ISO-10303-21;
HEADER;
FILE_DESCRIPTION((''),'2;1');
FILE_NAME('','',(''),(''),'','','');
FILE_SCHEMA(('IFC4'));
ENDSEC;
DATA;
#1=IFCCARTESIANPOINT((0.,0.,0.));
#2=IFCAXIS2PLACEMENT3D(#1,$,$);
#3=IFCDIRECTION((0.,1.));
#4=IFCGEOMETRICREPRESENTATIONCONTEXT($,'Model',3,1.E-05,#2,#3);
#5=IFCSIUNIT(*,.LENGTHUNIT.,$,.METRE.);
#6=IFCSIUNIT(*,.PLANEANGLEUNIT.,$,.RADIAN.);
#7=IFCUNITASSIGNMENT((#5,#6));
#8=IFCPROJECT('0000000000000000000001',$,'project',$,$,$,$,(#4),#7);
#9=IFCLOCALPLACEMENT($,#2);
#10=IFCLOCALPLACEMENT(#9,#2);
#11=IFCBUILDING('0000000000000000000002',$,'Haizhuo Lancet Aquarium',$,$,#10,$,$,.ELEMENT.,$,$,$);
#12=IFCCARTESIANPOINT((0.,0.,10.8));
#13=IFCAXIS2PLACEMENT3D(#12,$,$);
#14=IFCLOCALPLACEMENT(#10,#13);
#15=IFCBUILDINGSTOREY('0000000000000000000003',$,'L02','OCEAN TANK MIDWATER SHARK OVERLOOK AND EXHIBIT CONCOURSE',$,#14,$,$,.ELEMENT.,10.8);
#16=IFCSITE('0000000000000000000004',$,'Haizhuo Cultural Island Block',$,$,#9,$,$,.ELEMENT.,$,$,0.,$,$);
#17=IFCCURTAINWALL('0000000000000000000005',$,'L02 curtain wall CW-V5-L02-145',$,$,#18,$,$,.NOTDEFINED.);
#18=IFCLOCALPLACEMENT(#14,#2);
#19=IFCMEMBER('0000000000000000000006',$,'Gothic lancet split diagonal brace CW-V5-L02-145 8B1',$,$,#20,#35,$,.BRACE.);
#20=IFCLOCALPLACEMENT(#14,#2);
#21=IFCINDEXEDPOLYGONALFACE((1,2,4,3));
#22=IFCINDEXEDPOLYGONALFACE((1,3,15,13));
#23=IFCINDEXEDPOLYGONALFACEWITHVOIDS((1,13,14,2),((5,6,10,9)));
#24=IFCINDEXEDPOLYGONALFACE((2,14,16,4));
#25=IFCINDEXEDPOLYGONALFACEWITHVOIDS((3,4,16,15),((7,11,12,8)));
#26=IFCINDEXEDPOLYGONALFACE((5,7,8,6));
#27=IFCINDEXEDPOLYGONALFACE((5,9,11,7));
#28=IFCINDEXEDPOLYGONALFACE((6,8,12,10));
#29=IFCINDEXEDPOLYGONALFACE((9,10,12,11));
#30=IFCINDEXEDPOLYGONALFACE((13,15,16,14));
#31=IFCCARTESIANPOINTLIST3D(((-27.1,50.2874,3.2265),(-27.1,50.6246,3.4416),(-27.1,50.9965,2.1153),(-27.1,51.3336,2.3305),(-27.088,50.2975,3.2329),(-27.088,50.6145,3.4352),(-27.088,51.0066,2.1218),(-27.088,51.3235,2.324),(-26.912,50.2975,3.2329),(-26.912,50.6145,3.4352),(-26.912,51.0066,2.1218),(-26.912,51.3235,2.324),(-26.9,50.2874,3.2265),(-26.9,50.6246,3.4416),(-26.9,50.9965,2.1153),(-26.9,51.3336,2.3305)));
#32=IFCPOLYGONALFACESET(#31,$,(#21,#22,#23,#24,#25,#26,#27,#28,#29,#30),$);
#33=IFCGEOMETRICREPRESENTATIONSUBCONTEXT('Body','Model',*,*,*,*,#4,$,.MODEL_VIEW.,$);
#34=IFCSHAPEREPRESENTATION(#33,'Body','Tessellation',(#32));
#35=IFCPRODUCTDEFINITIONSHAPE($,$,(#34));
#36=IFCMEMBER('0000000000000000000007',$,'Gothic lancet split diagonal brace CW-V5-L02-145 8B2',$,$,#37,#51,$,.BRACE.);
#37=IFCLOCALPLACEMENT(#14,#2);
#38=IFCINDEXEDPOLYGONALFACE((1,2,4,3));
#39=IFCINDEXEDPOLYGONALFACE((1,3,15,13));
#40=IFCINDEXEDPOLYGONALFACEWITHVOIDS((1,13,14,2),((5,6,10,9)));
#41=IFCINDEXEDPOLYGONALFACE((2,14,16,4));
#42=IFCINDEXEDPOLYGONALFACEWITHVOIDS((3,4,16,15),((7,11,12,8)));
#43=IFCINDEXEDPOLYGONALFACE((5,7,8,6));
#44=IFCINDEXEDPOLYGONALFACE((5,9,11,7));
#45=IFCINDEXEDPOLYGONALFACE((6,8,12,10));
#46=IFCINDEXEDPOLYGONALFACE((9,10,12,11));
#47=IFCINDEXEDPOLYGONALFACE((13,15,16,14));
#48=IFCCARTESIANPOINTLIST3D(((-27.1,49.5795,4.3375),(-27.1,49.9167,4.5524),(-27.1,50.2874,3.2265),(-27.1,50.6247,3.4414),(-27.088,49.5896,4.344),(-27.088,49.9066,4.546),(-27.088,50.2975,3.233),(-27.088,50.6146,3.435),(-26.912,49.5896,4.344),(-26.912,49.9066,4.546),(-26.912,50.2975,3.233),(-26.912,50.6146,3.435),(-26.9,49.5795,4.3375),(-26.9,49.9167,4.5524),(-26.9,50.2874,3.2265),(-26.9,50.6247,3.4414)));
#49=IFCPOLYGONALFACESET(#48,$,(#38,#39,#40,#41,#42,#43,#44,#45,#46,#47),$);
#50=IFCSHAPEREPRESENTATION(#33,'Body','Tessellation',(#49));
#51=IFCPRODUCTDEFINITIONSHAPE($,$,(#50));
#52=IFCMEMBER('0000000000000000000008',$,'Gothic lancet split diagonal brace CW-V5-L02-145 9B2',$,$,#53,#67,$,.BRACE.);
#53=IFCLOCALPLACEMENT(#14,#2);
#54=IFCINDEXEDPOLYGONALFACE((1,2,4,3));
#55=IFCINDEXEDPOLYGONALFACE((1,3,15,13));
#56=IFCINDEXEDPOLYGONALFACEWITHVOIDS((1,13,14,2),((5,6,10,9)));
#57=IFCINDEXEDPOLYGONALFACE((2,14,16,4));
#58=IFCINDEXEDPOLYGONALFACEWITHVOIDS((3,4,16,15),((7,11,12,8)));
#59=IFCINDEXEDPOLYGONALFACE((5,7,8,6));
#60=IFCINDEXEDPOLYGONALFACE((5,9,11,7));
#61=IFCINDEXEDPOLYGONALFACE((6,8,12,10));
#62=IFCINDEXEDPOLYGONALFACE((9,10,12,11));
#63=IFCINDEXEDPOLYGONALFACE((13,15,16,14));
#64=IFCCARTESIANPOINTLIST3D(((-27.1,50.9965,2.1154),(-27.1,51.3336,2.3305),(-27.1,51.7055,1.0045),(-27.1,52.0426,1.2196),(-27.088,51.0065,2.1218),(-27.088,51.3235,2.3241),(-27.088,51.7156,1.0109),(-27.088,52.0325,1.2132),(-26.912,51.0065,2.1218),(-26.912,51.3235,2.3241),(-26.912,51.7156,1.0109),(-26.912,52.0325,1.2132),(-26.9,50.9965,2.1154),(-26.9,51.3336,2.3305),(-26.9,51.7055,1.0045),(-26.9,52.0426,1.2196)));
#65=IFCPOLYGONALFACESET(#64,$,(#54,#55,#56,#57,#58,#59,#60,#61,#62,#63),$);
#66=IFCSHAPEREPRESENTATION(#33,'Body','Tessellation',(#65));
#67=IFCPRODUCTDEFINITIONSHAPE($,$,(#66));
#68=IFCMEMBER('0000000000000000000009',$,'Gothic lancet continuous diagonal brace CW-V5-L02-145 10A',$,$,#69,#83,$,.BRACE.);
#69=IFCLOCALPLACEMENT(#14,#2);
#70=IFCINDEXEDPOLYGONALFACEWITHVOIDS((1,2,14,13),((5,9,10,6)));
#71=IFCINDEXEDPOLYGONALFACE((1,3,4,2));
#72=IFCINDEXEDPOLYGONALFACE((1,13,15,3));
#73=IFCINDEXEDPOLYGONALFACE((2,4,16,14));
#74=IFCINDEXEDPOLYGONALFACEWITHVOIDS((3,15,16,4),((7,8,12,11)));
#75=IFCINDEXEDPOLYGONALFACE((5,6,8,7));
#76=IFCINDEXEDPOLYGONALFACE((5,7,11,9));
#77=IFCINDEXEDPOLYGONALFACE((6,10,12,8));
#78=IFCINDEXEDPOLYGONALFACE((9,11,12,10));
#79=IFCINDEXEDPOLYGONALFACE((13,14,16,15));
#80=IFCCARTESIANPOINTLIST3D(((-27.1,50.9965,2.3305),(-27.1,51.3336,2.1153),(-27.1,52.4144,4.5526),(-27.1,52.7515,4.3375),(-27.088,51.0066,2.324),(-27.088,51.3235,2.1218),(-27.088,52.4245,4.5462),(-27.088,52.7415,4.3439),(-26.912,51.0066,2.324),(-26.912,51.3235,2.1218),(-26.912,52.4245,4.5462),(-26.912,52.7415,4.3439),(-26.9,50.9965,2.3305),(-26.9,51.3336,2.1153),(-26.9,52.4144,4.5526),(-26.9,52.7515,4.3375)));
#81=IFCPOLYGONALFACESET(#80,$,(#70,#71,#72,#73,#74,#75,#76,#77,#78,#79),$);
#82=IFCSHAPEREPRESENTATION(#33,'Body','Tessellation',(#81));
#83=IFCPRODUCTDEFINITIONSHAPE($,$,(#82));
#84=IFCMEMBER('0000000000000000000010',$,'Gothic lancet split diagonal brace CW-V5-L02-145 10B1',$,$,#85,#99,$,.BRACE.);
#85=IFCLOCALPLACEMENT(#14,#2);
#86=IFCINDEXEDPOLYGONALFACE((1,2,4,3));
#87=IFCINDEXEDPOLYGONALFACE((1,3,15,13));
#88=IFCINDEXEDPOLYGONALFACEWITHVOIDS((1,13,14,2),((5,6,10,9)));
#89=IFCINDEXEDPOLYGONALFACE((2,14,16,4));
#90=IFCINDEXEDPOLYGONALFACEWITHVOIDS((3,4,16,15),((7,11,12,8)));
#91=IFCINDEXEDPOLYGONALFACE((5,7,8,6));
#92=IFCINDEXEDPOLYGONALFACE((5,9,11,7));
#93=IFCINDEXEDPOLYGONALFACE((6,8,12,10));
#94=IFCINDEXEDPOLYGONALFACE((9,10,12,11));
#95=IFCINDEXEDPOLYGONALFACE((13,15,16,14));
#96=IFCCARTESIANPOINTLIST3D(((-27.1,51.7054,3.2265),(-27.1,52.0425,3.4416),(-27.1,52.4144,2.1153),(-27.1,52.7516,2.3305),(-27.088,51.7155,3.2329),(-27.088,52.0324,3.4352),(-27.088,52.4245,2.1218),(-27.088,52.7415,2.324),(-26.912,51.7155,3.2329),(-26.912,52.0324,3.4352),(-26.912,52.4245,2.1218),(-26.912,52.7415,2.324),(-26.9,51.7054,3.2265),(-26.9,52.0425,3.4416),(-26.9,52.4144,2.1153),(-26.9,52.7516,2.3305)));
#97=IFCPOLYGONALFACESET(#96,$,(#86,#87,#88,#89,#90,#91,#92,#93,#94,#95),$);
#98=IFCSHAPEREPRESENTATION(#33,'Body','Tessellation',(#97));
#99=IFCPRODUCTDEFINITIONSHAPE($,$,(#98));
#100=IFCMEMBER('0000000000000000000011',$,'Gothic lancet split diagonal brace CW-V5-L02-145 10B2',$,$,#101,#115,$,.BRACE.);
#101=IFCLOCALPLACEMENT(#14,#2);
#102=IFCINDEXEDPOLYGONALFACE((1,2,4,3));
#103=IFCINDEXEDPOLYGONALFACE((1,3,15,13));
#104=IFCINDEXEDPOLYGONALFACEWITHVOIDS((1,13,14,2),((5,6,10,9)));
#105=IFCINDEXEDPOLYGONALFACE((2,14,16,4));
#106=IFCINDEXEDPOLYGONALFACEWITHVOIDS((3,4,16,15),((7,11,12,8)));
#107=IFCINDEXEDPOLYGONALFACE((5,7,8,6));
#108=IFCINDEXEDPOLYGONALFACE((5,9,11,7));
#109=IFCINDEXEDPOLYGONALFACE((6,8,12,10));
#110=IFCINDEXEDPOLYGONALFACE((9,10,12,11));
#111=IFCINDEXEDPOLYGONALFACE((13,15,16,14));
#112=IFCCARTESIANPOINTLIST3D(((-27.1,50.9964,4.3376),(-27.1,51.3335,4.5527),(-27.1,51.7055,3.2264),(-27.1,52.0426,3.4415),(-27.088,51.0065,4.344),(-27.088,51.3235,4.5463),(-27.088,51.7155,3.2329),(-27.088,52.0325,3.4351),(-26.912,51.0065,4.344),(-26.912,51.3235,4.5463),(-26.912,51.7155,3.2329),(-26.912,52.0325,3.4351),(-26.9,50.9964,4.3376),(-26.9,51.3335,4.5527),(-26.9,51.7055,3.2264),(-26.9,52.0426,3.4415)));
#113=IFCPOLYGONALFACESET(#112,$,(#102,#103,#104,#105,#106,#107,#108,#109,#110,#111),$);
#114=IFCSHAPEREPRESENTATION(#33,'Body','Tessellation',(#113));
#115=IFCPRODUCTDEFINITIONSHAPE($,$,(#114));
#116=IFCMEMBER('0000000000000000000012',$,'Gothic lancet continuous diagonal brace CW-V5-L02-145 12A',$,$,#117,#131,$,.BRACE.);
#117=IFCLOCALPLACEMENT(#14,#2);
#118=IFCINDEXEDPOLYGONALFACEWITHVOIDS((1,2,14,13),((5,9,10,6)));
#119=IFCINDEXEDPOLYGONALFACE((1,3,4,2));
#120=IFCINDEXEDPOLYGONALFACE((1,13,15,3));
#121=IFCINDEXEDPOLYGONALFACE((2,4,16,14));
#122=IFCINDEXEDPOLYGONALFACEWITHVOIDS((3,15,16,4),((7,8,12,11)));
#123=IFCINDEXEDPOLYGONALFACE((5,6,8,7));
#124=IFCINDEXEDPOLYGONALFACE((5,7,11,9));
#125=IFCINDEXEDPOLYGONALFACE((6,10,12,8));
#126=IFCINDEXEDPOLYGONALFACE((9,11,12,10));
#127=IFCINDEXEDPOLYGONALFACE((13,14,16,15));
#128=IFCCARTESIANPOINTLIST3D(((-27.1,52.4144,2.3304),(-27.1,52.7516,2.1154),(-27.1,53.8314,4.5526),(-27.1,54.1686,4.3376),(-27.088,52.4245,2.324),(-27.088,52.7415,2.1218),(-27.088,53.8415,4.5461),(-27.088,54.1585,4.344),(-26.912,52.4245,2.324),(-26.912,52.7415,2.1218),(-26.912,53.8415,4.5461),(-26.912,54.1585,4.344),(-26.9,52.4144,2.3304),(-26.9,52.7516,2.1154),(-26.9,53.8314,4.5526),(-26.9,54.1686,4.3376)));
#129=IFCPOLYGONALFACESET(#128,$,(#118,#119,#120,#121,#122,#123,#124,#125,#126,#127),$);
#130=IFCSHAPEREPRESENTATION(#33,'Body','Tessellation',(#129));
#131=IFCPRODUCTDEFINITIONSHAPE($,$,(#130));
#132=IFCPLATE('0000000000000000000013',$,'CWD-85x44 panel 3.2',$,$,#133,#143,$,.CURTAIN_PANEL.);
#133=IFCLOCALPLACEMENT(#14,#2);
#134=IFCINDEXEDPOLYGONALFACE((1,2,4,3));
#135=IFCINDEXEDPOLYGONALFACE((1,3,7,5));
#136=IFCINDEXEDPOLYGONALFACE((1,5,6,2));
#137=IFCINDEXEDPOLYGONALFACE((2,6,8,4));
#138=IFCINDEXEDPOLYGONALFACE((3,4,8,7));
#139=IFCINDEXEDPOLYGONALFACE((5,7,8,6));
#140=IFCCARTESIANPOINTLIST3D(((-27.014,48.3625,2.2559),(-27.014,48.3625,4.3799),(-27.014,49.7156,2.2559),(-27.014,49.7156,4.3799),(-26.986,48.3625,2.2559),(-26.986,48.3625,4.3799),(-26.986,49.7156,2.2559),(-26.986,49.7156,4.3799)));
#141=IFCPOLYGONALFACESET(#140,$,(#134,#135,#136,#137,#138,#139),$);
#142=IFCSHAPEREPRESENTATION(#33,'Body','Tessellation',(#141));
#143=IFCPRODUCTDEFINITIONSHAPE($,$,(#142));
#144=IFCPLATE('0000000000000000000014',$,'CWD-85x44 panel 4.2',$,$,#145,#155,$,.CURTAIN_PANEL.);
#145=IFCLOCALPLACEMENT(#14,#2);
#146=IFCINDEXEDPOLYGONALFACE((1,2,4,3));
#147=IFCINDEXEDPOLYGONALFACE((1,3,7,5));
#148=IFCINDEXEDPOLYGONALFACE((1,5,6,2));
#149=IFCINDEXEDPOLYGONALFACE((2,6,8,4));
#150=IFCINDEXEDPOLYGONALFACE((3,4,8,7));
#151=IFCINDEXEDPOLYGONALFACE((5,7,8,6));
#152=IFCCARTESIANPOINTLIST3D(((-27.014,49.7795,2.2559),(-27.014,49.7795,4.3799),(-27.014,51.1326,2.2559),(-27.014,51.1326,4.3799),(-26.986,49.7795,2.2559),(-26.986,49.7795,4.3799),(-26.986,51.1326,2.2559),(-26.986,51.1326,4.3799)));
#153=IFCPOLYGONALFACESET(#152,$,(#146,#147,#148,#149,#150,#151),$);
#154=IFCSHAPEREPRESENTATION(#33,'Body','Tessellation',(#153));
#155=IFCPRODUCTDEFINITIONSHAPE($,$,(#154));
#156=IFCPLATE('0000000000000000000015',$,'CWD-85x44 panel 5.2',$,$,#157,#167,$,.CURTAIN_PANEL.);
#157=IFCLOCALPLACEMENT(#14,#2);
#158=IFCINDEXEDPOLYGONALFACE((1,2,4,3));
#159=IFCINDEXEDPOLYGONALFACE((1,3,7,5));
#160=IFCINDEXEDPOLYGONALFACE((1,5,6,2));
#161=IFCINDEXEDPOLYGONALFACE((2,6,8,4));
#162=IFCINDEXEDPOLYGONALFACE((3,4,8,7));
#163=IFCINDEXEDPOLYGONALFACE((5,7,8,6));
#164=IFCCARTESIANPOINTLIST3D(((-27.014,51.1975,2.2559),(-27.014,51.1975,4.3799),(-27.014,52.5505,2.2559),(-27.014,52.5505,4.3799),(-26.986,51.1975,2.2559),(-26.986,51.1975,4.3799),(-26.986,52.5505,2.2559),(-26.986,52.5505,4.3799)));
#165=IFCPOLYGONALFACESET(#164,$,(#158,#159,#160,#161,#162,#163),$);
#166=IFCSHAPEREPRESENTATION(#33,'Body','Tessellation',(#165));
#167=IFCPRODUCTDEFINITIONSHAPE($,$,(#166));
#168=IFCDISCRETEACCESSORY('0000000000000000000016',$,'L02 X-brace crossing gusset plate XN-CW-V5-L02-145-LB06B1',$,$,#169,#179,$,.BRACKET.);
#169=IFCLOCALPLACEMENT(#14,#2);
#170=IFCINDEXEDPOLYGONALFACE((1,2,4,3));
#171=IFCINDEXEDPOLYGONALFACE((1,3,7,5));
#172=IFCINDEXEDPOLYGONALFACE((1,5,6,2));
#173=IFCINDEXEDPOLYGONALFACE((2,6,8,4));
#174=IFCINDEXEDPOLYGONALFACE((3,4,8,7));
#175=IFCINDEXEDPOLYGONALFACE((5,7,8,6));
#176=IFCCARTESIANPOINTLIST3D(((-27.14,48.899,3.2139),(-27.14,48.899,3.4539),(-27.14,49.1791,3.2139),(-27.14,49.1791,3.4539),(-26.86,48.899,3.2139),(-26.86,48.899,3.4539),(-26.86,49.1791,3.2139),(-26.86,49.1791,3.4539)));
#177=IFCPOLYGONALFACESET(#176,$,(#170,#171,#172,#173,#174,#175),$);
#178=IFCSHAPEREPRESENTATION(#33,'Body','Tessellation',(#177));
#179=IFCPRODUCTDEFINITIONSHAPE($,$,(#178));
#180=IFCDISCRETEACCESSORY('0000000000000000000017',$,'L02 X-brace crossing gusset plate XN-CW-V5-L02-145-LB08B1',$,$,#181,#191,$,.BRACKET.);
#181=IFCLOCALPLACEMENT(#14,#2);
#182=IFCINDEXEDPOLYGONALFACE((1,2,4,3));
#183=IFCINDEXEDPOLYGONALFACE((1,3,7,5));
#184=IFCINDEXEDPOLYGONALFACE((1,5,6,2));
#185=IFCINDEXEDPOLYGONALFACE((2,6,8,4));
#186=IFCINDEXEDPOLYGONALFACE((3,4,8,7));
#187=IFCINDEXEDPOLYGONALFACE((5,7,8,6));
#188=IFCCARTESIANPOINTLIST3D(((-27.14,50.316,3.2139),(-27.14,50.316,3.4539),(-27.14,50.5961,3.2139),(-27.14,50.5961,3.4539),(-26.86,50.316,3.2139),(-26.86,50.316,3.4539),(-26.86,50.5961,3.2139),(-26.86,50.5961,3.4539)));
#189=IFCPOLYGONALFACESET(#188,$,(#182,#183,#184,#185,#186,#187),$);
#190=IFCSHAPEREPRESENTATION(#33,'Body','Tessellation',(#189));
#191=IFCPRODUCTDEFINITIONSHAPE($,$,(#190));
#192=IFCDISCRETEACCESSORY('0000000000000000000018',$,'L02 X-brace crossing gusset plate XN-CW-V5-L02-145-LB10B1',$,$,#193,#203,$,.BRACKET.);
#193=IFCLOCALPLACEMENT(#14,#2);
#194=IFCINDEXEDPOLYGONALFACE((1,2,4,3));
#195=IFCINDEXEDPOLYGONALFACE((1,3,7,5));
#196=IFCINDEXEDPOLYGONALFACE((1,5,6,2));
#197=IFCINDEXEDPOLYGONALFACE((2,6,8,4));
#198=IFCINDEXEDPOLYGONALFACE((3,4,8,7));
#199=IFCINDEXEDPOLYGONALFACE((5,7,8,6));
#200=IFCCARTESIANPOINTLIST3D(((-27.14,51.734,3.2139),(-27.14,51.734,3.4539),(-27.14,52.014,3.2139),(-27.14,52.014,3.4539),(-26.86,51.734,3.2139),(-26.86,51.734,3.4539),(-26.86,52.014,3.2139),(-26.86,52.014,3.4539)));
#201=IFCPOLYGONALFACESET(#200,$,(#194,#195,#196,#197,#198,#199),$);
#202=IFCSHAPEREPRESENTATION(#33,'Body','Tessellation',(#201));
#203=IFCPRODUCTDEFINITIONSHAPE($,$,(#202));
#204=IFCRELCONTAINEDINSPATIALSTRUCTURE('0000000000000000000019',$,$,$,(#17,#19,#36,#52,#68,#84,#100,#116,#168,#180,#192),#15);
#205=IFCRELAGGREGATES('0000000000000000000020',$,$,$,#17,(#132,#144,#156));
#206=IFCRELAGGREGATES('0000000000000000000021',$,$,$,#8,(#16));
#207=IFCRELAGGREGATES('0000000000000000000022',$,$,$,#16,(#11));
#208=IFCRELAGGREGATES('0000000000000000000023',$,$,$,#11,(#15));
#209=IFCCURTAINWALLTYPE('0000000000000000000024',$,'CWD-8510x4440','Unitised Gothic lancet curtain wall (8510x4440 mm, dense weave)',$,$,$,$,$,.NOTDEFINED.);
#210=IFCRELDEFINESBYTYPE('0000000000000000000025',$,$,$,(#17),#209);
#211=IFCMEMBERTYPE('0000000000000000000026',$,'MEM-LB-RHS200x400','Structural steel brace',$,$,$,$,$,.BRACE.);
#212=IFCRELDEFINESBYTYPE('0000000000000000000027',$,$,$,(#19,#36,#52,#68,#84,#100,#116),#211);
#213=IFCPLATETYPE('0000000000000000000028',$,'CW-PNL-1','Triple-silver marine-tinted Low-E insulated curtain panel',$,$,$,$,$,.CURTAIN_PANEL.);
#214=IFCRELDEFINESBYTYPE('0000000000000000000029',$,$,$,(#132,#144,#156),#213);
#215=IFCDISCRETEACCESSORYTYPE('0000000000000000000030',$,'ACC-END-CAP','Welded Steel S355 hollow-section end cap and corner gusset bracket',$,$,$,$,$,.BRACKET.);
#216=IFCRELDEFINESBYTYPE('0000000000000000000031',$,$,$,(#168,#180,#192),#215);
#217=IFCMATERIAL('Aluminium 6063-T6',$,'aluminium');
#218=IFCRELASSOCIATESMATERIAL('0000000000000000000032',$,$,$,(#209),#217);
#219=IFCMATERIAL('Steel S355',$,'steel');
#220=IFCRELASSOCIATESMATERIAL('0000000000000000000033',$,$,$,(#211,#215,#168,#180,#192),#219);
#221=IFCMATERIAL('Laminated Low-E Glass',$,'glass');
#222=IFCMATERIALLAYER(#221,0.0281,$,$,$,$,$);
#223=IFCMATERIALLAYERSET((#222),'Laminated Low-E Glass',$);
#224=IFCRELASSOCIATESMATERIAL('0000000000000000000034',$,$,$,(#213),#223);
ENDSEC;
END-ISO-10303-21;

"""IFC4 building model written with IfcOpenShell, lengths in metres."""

from ifc_helpers import new_model, si_unit, direction, frame, origin, origin_2d, place, context, subcontext, project, spatial, rectangle, hollow_rectangle, extrude, material, layer, layer_set, material_profile, profile_set, type_object, element, aggregate, save


model = new_model("IFC4")

# Units and contexts
model_context = context("Model", 3, precision=1e-05, world=origin(), true_north=direction((0.0, 1.0)))
body_context = subcontext(model_context, "Body", "Model", "MODEL_VIEW")
ifc_project = project(units=[si_unit("LENGTHUNIT", "METRE"), si_unit("PLANEANGLEUNIT", "RADIAN")], contexts=[model_context])

# Site, building, storey
site_placement = place(None, origin())
site = spatial("IfcSite", under=ifc_project, at=site_placement, Name="Haizhuo Cultural Island Block", CompositionType="ELEMENT", RefElevation=0.0)
building_placement = place(site_placement, origin())
building = spatial("IfcBuilding", under=site, at=building_placement, Name="Haizhuo Lancet Aquarium", CompositionType="ELEMENT")
storey_placement = place(building_placement, frame((0.0, 0.0, 10.8)))
storey = spatial("IfcBuildingStorey", under=building, at=storey_placement, Name="L02", Description="OCEAN TANK MIDWATER SHARK OVERLOOK AND EXHIBIT CONCOURSE", CompositionType="ELEMENT", Elevation=10.8)

# Curtain wall
ifc_material_1 = material(Name="Aluminium 6063-T6", Category="aluminium")
curtain_wall_type = type_object("IfcCurtainWallType", Name="CWD-8510x4440", Description="Unitised Gothic lancet curtain wall (8510x4440 mm, dense weave)", PredefinedType="NOTDEFINED", material=ifc_material_1)
curtain_wall_placement = place(storey_placement, origin())
curtain_wall = element("IfcCurtainWall", 1, at=curtain_wall_placement, inside=storey, type_object=curtain_wall_type, Name="L02 curtain wall CW-V5-L02-145", PredefinedType="NOTDEFINED")

# Members
ifc_material_2 = material(Name="Steel S355", Category="steel")
ifc_material_profile_1 = material_profile(ifc_material_2, hollow_rectangle(XDim=0.2, YDim=0.3999, WallThickness=0.012, at=origin_2d()), Name="RHS 200x400x12")
ifc_profile_set_1 = profile_set([ifc_material_profile_1], Name="Steel S355")
member_type_1 = type_object("IfcMemberType", Name="MEM-LB-RHS200x400", Description="Structural steel brace", PredefinedType="BRACE", material=ifc_profile_set_1)
member_1_placement = place(storey_placement, frame((-27.0, 51.165, 2.2229), z_axis=(0.0, -0.537918, 0.842997), x_axis=(1.0, 0.0, 0.0)))
element("IfcMember", 2, at=member_1_placement, inside=storey, type_object=member_type_1, Name="Gothic lancet split diagonal brace CW-V5-L02-145 8B1", PredefinedType="BRACE", context=body_context, shape_type="SweptSolid", body=[
    extrude(hollow_rectangle(XDim=0.2, YDim=0.3999, WallThickness=0.012, at=origin_2d()), origin(), (0.0, 0.0, 1.0), 1.3181),
])
member_2_placement = place(storey_placement, frame((-27.0, 50.4561, 3.334), z_axis=(0.0, -0.537391, 0.843333), x_axis=(1.0, 0.0, 0.0)))
element("IfcMember", 3, at=member_2_placement, inside=storey, type_object=member_type_1, Name="Gothic lancet split diagonal brace CW-V5-L02-145 8B2", PredefinedType="BRACE", context=body_context, shape_type="SweptSolid", body=[
    extrude(hollow_rectangle(XDim=0.2, YDim=0.3999, WallThickness=0.012, at=origin_2d()), origin(), (0.0, 0.0, 1.0), 1.3174),
])
member_3_placement = place(storey_placement, frame((-27.0, 51.874, 1.1121), z_axis=(0.0, -0.538002, 0.842944), x_axis=(1.0, 0.0, 0.0)))
element("IfcMember", 4, at=member_3_placement, inside=storey, type_object=member_type_1, Name="Gothic lancet split diagonal brace CW-V5-L02-145 9B2", PredefinedType="BRACE", context=body_context, shape_type="SweptSolid", body=[
    extrude(hollow_rectangle(XDim=0.2, YDim=0.3999, WallThickness=0.012, at=origin_2d()), origin(), (0.0, 0.0, 1.0), 1.3179),
])
member_4_placement = place(storey_placement, frame((-27.0, 51.165, 2.2229), z_axis=(0.0, 0.537918, 0.842997), x_axis=(-1.0, 0.0, 0.0)))
element("IfcMember", 5, at=member_4_placement, inside=storey, type_object=member_type_1, Name="Gothic lancet continuous diagonal brace CW-V5-L02-145 10A", PredefinedType="BRACE", context=body_context, shape_type="SweptSolid", body=[
    extrude(hollow_rectangle(XDim=0.2, YDim=0.3999, WallThickness=0.012, at=origin_2d()), origin(), (0.0, 0.0, 1.0), 2.636),
])
for number, where, z_axis, x_axis, name in (
    (6, (-27.0, 52.583, 2.2229), (0.0, -0.537918, 0.842997), (1.0, 0.0, 0.0), "Gothic lancet split diagonal brace CW-V5-L02-145 10B1"),
    (7, (-27.0, 51.874, 3.334), (0.0, -0.537918, 0.842997), (1.0, 0.0, 0.0), "Gothic lancet split diagonal brace CW-V5-L02-145 10B2"),
):
    element("IfcMember", number, at=place(storey_placement, frame(where, z_axis=z_axis, x_axis=x_axis)), inside=storey, type_object=member_type_1, Name=name, PredefinedType="BRACE", context=body_context, shape_type="SweptSolid", body=[
        extrude(hollow_rectangle(XDim=0.2, YDim=0.3999, WallThickness=0.012, at=origin_2d()), origin(), (0.0, 0.0, 1.0), 1.3181),
    ])
member_5_placement = place(storey_placement, frame((-27.0, 52.583, 2.2229), z_axis=(0.0, 0.537654, 0.843165), x_axis=(-1.0, 0.0, 0.0)))
element("IfcMember", 8, at=member_5_placement, inside=storey, type_object=member_type_1, Name="Gothic lancet continuous diagonal brace CW-V5-L02-145 12A", PredefinedType="BRACE", context=body_context, shape_type="SweptSolid", body=[
    extrude(hollow_rectangle(XDim=0.2, YDim=0.3999, WallThickness=0.012, at=origin_2d()), origin(), (0.0, 0.0, 1.0), 2.6355),
])

# Plates
ifc_material_3 = material(Name="Laminated Low-E Glass", Category="glass")
ifc_layer = layer(ifc_material_3, 0.0281)
ifc_layer_set = layer_set([ifc_layer], Name="Laminated Low-E Glass")
plate_type = type_object("IfcPlateType", Name="CW-PNL-1", Description="Triple-silver marine-tinted Low-E insulated curtain panel", PredefinedType="CURTAIN_PANEL", material=ifc_layer_set)
plate_1_placement = place(storey_placement, frame((-27.0, 49.0391, 2.2559), z_axis=(0.0, 0.0, 1.0), x_axis=(0.0, 1.0, 0.0)))
plate_1 = element("IfcPlate", 9, at=plate_1_placement, type_object=plate_type, Name="CWD-85x44 panel 3.2", PredefinedType="CURTAIN_PANEL", context=body_context, shape_type="SweptSolid", body=[
    extrude(rectangle(XDim=1.353, YDim=0.0281, at=origin_2d()), origin(), (0.0, 0.0, 1.0), 2.124),
])
plate_2_placement = place(storey_placement, frame((-27.0, 50.4561, 2.2559), z_axis=(0.0, 0.0, 1.0), x_axis=(0.0, 1.0, 0.0)))
plate_2 = element("IfcPlate", 10, at=plate_2_placement, type_object=plate_type, Name="CWD-85x44 panel 4.2", PredefinedType="CURTAIN_PANEL", context=body_context, shape_type="SweptSolid", body=[
    extrude(rectangle(XDim=1.353, YDim=0.0281, at=origin_2d()), origin(), (0.0, 0.0, 1.0), 2.124),
])
plate_3_placement = place(storey_placement, frame((-27.0, 51.874, 2.2559), z_axis=(0.0, 0.0, 1.0), x_axis=(0.0, 1.0, 0.0)))
plate_3 = element("IfcPlate", 11, at=plate_3_placement, type_object=plate_type, Name="CWD-85x44 panel 5.2", PredefinedType="CURTAIN_PANEL", context=body_context, shape_type="SweptSolid", body=[
    extrude(rectangle(XDim=1.353, YDim=0.0281, at=origin_2d()), origin(), (0.0, 0.0, 1.0), 2.124),
])
aggregate(curtain_wall, [plate_1, plate_2, plate_3])

# Discrete accessories
discrete_accessory_type = type_object("IfcDiscreteAccessoryType", Name="ACC-END-CAP", Description="Welded Steel S355 hollow-section end cap and corner gusset bracket", PredefinedType="BRACKET", material=ifc_material_2)
for number, where, z_axis, x_axis, name in (
    (12, (-27.0, 49.0391, 3.2139), (0.0, 0.0, 1.0), (1.0, 0.0, 0.0), "L02 X-brace crossing gusset plate XN-CW-V5-L02-145-LB06B1"),
    (13, (-27.0, 50.4561, 3.2139), (0.0, 0.0, 1.0), (1.0, 0.0, 0.0), "L02 X-brace crossing gusset plate XN-CW-V5-L02-145-LB08B1"),
    (14, (-27.0, 51.874, 3.2139), (0.0, 0.0, 1.0), (1.0, 0.0, 0.0), "L02 X-brace crossing gusset plate XN-CW-V5-L02-145-LB10B1"),
):
    element("IfcDiscreteAccessory", number, at=place(storey_placement, frame(where, z_axis=z_axis, x_axis=x_axis)), inside=storey, type_object=discrete_accessory_type, material=ifc_material_2, Name=name, PredefinedType="BRACKET", context=body_context, shape_type="SweptSolid", body=[
        extrude(rectangle(XDim=0.28, YDim=0.28, at=origin_2d()), origin(), (0.0, 0.0, 1.0), 0.24),
    ])

save(model, "model.ifc")
